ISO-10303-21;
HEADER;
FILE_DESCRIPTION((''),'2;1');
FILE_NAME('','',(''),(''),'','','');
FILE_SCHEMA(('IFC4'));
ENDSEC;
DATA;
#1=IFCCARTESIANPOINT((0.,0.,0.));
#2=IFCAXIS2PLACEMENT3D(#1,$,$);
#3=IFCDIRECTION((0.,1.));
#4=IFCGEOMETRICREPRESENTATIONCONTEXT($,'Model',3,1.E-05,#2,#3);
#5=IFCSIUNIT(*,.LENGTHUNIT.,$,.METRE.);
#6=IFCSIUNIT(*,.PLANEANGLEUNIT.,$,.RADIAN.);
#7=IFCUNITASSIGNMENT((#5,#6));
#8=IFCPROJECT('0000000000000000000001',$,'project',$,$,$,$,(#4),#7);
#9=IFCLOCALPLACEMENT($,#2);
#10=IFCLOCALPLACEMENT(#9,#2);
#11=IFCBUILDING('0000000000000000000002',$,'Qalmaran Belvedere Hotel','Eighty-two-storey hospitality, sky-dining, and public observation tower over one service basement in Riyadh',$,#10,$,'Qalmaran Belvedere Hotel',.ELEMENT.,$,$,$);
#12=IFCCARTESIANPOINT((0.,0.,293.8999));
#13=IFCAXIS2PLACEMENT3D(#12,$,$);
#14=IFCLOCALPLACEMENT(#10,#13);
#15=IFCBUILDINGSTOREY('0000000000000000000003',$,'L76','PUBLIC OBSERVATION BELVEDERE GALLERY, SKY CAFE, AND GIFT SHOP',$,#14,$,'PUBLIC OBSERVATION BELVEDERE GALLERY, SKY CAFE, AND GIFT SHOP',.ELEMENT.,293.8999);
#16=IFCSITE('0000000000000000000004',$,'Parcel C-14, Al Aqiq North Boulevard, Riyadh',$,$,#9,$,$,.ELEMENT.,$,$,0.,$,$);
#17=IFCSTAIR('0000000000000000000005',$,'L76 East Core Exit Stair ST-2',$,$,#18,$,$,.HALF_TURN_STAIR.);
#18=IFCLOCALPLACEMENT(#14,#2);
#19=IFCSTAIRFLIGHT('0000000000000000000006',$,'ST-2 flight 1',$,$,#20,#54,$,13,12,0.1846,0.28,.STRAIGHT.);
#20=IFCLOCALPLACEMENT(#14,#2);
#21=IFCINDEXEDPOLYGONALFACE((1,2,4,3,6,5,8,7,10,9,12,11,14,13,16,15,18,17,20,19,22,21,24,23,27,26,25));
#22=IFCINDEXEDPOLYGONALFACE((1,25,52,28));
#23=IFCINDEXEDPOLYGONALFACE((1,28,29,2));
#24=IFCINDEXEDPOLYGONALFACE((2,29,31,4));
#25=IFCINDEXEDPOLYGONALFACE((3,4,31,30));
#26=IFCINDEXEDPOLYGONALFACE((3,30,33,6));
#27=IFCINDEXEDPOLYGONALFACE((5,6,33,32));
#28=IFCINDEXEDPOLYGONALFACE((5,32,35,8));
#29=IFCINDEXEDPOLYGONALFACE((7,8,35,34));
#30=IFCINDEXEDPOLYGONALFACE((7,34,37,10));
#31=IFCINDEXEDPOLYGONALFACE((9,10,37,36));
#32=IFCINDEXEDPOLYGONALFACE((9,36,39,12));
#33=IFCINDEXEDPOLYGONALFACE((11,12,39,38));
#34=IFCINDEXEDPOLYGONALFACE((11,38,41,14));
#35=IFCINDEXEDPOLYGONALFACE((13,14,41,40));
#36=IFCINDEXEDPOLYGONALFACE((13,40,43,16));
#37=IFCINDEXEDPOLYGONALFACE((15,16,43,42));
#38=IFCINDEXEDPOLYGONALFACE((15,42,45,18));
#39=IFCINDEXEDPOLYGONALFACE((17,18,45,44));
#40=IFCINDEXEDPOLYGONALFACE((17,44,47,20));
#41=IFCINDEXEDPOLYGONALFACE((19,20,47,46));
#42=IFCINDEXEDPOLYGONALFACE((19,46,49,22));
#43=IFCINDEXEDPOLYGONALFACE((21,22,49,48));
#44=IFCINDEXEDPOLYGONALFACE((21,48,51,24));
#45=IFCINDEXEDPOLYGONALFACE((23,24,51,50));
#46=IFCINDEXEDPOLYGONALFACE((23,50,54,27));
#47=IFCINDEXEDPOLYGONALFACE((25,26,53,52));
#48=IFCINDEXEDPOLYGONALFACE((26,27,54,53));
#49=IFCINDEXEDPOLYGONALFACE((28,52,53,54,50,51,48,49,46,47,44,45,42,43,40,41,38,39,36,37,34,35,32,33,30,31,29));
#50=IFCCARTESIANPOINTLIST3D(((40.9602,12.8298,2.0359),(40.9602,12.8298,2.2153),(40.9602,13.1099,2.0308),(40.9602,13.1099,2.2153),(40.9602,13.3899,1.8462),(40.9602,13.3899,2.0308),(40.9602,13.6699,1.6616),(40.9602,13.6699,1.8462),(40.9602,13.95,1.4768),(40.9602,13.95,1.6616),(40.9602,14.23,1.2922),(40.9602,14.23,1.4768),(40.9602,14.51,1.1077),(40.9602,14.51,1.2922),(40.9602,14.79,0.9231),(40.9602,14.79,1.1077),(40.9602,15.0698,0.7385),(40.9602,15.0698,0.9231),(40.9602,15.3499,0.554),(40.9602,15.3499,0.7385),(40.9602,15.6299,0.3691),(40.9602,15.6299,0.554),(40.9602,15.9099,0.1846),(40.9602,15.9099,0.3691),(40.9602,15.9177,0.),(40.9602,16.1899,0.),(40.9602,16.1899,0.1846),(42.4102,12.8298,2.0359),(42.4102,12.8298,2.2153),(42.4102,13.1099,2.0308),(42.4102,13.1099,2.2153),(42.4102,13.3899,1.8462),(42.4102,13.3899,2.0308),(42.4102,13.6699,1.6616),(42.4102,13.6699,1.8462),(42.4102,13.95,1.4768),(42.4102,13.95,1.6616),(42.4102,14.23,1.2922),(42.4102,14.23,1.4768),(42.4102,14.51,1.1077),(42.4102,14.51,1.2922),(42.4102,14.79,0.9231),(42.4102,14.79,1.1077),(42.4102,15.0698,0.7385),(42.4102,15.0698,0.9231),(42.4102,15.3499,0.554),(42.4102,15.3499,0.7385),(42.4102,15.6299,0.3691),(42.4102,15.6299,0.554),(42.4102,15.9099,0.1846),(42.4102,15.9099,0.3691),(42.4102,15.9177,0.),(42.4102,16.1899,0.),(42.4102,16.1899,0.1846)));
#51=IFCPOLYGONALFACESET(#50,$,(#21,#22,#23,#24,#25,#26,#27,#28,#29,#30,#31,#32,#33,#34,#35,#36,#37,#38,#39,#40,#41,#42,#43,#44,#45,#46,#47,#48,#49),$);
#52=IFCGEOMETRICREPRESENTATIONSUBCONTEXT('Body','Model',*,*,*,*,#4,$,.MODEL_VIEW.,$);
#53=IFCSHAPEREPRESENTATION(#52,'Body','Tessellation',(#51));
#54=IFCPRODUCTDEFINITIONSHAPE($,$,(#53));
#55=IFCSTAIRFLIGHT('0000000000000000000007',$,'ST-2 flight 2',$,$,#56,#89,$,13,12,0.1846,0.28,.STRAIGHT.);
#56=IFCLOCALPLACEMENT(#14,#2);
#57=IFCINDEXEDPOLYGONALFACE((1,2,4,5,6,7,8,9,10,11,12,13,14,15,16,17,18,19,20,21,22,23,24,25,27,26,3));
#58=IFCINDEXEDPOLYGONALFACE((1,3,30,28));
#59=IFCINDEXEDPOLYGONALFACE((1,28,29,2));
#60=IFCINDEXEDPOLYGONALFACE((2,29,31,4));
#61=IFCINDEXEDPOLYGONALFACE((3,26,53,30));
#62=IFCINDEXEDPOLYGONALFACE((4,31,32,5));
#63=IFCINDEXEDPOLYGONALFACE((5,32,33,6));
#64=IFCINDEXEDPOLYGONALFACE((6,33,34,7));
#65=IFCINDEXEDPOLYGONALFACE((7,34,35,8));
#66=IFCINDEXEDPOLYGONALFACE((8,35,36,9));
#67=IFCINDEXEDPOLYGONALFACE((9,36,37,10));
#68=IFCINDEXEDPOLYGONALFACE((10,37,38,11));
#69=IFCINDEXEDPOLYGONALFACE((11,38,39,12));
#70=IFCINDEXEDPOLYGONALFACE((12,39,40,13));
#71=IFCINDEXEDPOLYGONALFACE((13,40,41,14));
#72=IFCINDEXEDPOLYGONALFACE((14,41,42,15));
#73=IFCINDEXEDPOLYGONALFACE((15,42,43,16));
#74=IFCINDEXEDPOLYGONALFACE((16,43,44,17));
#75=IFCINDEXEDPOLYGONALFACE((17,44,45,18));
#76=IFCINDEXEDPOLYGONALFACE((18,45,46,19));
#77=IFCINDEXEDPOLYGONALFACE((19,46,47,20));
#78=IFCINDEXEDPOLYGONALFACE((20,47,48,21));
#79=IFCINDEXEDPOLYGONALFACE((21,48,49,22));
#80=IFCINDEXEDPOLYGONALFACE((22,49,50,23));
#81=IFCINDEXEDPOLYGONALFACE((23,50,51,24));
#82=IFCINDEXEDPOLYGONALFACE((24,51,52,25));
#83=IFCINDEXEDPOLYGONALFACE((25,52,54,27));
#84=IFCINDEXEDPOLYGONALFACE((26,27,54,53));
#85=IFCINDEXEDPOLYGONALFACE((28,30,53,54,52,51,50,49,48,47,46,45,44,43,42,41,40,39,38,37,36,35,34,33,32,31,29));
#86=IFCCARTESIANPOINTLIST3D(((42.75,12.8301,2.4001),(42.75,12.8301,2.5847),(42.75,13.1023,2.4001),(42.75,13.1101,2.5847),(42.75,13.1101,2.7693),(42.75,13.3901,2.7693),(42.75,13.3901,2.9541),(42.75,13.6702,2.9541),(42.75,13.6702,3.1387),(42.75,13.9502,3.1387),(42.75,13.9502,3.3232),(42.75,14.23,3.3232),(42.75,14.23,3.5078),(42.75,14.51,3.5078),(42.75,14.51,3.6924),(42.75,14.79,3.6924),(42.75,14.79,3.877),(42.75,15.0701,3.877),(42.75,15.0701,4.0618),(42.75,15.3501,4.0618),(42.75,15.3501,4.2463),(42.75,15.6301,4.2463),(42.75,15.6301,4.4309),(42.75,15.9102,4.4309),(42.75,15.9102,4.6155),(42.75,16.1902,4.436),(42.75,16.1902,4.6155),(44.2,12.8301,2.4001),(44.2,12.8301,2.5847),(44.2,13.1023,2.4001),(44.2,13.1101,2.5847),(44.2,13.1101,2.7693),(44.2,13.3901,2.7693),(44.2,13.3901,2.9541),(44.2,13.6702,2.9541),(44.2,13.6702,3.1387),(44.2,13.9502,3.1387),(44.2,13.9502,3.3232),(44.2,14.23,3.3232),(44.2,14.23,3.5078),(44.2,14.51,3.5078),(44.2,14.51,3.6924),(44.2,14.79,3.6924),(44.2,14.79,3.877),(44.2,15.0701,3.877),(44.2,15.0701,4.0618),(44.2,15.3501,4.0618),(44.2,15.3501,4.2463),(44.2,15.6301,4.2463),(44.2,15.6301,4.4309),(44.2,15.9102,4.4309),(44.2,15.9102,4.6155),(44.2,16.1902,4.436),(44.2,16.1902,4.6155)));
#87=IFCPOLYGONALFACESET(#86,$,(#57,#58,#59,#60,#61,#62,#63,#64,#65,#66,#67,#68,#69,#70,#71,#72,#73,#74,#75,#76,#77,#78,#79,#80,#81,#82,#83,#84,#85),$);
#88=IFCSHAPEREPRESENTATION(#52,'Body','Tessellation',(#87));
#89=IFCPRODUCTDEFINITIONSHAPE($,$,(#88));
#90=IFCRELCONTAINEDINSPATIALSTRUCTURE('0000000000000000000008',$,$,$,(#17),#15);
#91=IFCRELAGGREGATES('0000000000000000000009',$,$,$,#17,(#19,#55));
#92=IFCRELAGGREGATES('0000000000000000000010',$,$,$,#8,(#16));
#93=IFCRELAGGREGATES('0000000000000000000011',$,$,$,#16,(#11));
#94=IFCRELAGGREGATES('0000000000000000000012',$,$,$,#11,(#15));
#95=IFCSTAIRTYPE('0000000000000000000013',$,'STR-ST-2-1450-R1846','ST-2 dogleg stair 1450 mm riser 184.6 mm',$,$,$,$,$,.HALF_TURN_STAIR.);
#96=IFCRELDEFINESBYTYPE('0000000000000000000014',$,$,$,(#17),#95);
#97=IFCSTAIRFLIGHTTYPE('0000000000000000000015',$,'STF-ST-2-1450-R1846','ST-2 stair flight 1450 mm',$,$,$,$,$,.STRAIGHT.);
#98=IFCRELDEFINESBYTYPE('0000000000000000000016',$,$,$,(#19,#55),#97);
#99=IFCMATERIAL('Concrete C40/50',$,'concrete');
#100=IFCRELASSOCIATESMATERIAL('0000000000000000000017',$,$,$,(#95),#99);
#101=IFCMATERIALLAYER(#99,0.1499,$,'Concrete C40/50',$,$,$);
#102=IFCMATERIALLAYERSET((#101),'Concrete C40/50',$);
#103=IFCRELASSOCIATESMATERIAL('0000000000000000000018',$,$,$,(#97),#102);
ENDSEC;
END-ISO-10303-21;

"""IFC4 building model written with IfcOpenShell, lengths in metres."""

from ifc_helpers import new_model, si_unit, direction, frame, origin, place, context, subcontext, project, spatial, polyline, outline, extrude, material, layer, layer_set, type_object, element, aggregate, save


model = new_model("IFC4")

# Units and contexts
model_context = context("Model", 3, precision=1e-05, world=origin(), true_north=direction((0.0, 1.0)))
body_context = subcontext(model_context, "Body", "Model", "MODEL_VIEW")
ifc_project = project(units=[si_unit("LENGTHUNIT", "METRE"), si_unit("PLANEANGLEUNIT", "RADIAN")], contexts=[model_context])

# Site, building, storey
site_placement = place(None, origin())
site = spatial("IfcSite", under=ifc_project, at=site_placement, Name="Parcel C-14, Al Aqiq North Boulevard, Riyadh", CompositionType="ELEMENT", RefElevation=0.0)
building_placement = place(site_placement, origin())
building = spatial("IfcBuilding", under=site, at=building_placement, Name="Qalmaran Belvedere Hotel", Description="Eighty-two-storey hospitality, sky-dining, and public observation tower over one service basement in Riyadh", LongName="Qalmaran Belvedere Hotel", CompositionType="ELEMENT")
storey_placement = place(building_placement, frame((0.0, 0.0, 293.8999)))
storey = spatial("IfcBuildingStorey", under=building, at=storey_placement, Name="L76", Description="PUBLIC OBSERVATION BELVEDERE GALLERY, SKY CAFE, AND GIFT SHOP", LongName="PUBLIC OBSERVATION BELVEDERE GALLERY, SKY CAFE, AND GIFT SHOP", CompositionType="ELEMENT", Elevation=293.8999)

# Stair, stair flights
ifc_material_1 = material(Name="Concrete C40/50", Category="concrete")
stair_type = type_object("IfcStairType", Name="STR-ST-2-1450-R1846", Description="ST-2 dogleg stair 1450 mm riser 184.6 mm", PredefinedType="HALF_TURN_STAIR", material=ifc_material_1)
stair_placement = place(storey_placement, origin())
stair = element("IfcStair", 1, at=stair_placement, inside=storey, type_object=stair_type, Name="L76 East Core Exit Stair ST-2", PredefinedType="HALF_TURN_STAIR")
ifc_layer_1 = layer(ifc_material_1, 0.1499, Name="Concrete C40/50")
ifc_layer_set_1 = layer_set([ifc_layer_1], Name="Concrete C40/50")
stair_flight_type = type_object("IfcStairFlightType", Name="STF-ST-2-1450-R1846", Description="ST-2 stair flight 1450 mm", PredefinedType="STRAIGHT", material=ifc_layer_set_1)
stair_flight_1_placement = place(storey_placement, frame((41.6851, 16.1899, 0.0), z_axis=(0.0, 0.0, 1.0), x_axis=(0.0, -1.0, 0.0)))
stair_flight_1 = element("IfcStairFlight", 2, at=stair_flight_1_placement, type_object=stair_flight_type, Name="ST-2 flight 1", NumberOfRisers=13, NumberOfTreads=12, PredefinedType="STRAIGHT", RiserHeight=0.1846, TreadLength=0.28, context=body_context, shape_type="SweptSolid", body=[
    extrude(outline(polyline([(0.0, 0.0), (0.0, 0.1846), (0.28, 0.1846), (0.28, 0.3691), (0.5601, 0.3691), (0.5601, 0.554), (0.8401, 0.554), (0.8401, 0.7385), (1.1201, 0.7385), (1.1201, 0.9231), (1.3999, 0.9231), (1.3999, 1.1077), (1.6799, 1.1077), (1.6799, 1.2922), (1.96, 1.2922), (1.96, 1.4768), (2.24, 1.4768), (2.24, 1.6616), (2.52, 1.6616), (2.52, 1.8462), (2.8, 1.8462), (2.8, 2.0308), (3.0801, 2.0308), (3.0801, 2.2153), (3.3601, 2.2153), (3.3601, 2.3999), (3.3601, 2.0359), (0.2722, 0.0), (0.0, 0.0)])), frame((0.0, 0.7251, 0.0), z_axis=(0.0, -1.0, 0.0), x_axis=(1.0, 0.0, 0.0)), (0.0, 0.0, 1.0), 1.45),
])
stair_flight_2_placement = place(storey_placement, frame((43.4751, 12.8301, 2.4001), z_axis=(0.0, 0.0, 1.0), x_axis=(0.0, 1.0, 0.0)))
stair_flight_2 = element("IfcStairFlight", 3, at=stair_flight_2_placement, type_object=stair_flight_type, Name="ST-2 flight 2", NumberOfRisers=13, NumberOfTreads=12, PredefinedType="STRAIGHT", RiserHeight=0.1846, TreadLength=0.28, context=body_context, shape_type="SweptSolid", body=[
    extrude(outline(polyline([(0.0, 0.0), (0.0, 0.1846), (0.28, 0.1846), (0.28, 0.3691), (0.5601, 0.3691), (0.5601, 0.554), (0.8401, 0.554), (0.8401, 0.7385), (1.1201, 0.7385), (1.1201, 0.9231), (1.3999, 0.9231), (1.3999, 1.1077), (1.6799, 1.1077), (1.6799, 1.2922), (1.96, 1.2922), (1.96, 1.4768), (2.24, 1.4768), (2.24, 1.6616), (2.52, 1.6616), (2.52, 1.8462), (2.8, 1.8462), (2.8, 2.0308), (3.0801, 2.0308), (3.0801, 2.2153), (3.3601, 2.2153), (3.3601, 2.3999), (3.3601, 2.0359), (0.2722, 0.0), (0.0, 0.0)])), frame((0.0, 0.7251, 0.0), z_axis=(0.0, -1.0, 0.0), x_axis=(1.0, 0.0, 0.0)), (0.0, 0.0, 1.0), 1.45),
])
aggregate(stair, [stair_flight_1, stair_flight_2])

save(model, "model.ifc")
